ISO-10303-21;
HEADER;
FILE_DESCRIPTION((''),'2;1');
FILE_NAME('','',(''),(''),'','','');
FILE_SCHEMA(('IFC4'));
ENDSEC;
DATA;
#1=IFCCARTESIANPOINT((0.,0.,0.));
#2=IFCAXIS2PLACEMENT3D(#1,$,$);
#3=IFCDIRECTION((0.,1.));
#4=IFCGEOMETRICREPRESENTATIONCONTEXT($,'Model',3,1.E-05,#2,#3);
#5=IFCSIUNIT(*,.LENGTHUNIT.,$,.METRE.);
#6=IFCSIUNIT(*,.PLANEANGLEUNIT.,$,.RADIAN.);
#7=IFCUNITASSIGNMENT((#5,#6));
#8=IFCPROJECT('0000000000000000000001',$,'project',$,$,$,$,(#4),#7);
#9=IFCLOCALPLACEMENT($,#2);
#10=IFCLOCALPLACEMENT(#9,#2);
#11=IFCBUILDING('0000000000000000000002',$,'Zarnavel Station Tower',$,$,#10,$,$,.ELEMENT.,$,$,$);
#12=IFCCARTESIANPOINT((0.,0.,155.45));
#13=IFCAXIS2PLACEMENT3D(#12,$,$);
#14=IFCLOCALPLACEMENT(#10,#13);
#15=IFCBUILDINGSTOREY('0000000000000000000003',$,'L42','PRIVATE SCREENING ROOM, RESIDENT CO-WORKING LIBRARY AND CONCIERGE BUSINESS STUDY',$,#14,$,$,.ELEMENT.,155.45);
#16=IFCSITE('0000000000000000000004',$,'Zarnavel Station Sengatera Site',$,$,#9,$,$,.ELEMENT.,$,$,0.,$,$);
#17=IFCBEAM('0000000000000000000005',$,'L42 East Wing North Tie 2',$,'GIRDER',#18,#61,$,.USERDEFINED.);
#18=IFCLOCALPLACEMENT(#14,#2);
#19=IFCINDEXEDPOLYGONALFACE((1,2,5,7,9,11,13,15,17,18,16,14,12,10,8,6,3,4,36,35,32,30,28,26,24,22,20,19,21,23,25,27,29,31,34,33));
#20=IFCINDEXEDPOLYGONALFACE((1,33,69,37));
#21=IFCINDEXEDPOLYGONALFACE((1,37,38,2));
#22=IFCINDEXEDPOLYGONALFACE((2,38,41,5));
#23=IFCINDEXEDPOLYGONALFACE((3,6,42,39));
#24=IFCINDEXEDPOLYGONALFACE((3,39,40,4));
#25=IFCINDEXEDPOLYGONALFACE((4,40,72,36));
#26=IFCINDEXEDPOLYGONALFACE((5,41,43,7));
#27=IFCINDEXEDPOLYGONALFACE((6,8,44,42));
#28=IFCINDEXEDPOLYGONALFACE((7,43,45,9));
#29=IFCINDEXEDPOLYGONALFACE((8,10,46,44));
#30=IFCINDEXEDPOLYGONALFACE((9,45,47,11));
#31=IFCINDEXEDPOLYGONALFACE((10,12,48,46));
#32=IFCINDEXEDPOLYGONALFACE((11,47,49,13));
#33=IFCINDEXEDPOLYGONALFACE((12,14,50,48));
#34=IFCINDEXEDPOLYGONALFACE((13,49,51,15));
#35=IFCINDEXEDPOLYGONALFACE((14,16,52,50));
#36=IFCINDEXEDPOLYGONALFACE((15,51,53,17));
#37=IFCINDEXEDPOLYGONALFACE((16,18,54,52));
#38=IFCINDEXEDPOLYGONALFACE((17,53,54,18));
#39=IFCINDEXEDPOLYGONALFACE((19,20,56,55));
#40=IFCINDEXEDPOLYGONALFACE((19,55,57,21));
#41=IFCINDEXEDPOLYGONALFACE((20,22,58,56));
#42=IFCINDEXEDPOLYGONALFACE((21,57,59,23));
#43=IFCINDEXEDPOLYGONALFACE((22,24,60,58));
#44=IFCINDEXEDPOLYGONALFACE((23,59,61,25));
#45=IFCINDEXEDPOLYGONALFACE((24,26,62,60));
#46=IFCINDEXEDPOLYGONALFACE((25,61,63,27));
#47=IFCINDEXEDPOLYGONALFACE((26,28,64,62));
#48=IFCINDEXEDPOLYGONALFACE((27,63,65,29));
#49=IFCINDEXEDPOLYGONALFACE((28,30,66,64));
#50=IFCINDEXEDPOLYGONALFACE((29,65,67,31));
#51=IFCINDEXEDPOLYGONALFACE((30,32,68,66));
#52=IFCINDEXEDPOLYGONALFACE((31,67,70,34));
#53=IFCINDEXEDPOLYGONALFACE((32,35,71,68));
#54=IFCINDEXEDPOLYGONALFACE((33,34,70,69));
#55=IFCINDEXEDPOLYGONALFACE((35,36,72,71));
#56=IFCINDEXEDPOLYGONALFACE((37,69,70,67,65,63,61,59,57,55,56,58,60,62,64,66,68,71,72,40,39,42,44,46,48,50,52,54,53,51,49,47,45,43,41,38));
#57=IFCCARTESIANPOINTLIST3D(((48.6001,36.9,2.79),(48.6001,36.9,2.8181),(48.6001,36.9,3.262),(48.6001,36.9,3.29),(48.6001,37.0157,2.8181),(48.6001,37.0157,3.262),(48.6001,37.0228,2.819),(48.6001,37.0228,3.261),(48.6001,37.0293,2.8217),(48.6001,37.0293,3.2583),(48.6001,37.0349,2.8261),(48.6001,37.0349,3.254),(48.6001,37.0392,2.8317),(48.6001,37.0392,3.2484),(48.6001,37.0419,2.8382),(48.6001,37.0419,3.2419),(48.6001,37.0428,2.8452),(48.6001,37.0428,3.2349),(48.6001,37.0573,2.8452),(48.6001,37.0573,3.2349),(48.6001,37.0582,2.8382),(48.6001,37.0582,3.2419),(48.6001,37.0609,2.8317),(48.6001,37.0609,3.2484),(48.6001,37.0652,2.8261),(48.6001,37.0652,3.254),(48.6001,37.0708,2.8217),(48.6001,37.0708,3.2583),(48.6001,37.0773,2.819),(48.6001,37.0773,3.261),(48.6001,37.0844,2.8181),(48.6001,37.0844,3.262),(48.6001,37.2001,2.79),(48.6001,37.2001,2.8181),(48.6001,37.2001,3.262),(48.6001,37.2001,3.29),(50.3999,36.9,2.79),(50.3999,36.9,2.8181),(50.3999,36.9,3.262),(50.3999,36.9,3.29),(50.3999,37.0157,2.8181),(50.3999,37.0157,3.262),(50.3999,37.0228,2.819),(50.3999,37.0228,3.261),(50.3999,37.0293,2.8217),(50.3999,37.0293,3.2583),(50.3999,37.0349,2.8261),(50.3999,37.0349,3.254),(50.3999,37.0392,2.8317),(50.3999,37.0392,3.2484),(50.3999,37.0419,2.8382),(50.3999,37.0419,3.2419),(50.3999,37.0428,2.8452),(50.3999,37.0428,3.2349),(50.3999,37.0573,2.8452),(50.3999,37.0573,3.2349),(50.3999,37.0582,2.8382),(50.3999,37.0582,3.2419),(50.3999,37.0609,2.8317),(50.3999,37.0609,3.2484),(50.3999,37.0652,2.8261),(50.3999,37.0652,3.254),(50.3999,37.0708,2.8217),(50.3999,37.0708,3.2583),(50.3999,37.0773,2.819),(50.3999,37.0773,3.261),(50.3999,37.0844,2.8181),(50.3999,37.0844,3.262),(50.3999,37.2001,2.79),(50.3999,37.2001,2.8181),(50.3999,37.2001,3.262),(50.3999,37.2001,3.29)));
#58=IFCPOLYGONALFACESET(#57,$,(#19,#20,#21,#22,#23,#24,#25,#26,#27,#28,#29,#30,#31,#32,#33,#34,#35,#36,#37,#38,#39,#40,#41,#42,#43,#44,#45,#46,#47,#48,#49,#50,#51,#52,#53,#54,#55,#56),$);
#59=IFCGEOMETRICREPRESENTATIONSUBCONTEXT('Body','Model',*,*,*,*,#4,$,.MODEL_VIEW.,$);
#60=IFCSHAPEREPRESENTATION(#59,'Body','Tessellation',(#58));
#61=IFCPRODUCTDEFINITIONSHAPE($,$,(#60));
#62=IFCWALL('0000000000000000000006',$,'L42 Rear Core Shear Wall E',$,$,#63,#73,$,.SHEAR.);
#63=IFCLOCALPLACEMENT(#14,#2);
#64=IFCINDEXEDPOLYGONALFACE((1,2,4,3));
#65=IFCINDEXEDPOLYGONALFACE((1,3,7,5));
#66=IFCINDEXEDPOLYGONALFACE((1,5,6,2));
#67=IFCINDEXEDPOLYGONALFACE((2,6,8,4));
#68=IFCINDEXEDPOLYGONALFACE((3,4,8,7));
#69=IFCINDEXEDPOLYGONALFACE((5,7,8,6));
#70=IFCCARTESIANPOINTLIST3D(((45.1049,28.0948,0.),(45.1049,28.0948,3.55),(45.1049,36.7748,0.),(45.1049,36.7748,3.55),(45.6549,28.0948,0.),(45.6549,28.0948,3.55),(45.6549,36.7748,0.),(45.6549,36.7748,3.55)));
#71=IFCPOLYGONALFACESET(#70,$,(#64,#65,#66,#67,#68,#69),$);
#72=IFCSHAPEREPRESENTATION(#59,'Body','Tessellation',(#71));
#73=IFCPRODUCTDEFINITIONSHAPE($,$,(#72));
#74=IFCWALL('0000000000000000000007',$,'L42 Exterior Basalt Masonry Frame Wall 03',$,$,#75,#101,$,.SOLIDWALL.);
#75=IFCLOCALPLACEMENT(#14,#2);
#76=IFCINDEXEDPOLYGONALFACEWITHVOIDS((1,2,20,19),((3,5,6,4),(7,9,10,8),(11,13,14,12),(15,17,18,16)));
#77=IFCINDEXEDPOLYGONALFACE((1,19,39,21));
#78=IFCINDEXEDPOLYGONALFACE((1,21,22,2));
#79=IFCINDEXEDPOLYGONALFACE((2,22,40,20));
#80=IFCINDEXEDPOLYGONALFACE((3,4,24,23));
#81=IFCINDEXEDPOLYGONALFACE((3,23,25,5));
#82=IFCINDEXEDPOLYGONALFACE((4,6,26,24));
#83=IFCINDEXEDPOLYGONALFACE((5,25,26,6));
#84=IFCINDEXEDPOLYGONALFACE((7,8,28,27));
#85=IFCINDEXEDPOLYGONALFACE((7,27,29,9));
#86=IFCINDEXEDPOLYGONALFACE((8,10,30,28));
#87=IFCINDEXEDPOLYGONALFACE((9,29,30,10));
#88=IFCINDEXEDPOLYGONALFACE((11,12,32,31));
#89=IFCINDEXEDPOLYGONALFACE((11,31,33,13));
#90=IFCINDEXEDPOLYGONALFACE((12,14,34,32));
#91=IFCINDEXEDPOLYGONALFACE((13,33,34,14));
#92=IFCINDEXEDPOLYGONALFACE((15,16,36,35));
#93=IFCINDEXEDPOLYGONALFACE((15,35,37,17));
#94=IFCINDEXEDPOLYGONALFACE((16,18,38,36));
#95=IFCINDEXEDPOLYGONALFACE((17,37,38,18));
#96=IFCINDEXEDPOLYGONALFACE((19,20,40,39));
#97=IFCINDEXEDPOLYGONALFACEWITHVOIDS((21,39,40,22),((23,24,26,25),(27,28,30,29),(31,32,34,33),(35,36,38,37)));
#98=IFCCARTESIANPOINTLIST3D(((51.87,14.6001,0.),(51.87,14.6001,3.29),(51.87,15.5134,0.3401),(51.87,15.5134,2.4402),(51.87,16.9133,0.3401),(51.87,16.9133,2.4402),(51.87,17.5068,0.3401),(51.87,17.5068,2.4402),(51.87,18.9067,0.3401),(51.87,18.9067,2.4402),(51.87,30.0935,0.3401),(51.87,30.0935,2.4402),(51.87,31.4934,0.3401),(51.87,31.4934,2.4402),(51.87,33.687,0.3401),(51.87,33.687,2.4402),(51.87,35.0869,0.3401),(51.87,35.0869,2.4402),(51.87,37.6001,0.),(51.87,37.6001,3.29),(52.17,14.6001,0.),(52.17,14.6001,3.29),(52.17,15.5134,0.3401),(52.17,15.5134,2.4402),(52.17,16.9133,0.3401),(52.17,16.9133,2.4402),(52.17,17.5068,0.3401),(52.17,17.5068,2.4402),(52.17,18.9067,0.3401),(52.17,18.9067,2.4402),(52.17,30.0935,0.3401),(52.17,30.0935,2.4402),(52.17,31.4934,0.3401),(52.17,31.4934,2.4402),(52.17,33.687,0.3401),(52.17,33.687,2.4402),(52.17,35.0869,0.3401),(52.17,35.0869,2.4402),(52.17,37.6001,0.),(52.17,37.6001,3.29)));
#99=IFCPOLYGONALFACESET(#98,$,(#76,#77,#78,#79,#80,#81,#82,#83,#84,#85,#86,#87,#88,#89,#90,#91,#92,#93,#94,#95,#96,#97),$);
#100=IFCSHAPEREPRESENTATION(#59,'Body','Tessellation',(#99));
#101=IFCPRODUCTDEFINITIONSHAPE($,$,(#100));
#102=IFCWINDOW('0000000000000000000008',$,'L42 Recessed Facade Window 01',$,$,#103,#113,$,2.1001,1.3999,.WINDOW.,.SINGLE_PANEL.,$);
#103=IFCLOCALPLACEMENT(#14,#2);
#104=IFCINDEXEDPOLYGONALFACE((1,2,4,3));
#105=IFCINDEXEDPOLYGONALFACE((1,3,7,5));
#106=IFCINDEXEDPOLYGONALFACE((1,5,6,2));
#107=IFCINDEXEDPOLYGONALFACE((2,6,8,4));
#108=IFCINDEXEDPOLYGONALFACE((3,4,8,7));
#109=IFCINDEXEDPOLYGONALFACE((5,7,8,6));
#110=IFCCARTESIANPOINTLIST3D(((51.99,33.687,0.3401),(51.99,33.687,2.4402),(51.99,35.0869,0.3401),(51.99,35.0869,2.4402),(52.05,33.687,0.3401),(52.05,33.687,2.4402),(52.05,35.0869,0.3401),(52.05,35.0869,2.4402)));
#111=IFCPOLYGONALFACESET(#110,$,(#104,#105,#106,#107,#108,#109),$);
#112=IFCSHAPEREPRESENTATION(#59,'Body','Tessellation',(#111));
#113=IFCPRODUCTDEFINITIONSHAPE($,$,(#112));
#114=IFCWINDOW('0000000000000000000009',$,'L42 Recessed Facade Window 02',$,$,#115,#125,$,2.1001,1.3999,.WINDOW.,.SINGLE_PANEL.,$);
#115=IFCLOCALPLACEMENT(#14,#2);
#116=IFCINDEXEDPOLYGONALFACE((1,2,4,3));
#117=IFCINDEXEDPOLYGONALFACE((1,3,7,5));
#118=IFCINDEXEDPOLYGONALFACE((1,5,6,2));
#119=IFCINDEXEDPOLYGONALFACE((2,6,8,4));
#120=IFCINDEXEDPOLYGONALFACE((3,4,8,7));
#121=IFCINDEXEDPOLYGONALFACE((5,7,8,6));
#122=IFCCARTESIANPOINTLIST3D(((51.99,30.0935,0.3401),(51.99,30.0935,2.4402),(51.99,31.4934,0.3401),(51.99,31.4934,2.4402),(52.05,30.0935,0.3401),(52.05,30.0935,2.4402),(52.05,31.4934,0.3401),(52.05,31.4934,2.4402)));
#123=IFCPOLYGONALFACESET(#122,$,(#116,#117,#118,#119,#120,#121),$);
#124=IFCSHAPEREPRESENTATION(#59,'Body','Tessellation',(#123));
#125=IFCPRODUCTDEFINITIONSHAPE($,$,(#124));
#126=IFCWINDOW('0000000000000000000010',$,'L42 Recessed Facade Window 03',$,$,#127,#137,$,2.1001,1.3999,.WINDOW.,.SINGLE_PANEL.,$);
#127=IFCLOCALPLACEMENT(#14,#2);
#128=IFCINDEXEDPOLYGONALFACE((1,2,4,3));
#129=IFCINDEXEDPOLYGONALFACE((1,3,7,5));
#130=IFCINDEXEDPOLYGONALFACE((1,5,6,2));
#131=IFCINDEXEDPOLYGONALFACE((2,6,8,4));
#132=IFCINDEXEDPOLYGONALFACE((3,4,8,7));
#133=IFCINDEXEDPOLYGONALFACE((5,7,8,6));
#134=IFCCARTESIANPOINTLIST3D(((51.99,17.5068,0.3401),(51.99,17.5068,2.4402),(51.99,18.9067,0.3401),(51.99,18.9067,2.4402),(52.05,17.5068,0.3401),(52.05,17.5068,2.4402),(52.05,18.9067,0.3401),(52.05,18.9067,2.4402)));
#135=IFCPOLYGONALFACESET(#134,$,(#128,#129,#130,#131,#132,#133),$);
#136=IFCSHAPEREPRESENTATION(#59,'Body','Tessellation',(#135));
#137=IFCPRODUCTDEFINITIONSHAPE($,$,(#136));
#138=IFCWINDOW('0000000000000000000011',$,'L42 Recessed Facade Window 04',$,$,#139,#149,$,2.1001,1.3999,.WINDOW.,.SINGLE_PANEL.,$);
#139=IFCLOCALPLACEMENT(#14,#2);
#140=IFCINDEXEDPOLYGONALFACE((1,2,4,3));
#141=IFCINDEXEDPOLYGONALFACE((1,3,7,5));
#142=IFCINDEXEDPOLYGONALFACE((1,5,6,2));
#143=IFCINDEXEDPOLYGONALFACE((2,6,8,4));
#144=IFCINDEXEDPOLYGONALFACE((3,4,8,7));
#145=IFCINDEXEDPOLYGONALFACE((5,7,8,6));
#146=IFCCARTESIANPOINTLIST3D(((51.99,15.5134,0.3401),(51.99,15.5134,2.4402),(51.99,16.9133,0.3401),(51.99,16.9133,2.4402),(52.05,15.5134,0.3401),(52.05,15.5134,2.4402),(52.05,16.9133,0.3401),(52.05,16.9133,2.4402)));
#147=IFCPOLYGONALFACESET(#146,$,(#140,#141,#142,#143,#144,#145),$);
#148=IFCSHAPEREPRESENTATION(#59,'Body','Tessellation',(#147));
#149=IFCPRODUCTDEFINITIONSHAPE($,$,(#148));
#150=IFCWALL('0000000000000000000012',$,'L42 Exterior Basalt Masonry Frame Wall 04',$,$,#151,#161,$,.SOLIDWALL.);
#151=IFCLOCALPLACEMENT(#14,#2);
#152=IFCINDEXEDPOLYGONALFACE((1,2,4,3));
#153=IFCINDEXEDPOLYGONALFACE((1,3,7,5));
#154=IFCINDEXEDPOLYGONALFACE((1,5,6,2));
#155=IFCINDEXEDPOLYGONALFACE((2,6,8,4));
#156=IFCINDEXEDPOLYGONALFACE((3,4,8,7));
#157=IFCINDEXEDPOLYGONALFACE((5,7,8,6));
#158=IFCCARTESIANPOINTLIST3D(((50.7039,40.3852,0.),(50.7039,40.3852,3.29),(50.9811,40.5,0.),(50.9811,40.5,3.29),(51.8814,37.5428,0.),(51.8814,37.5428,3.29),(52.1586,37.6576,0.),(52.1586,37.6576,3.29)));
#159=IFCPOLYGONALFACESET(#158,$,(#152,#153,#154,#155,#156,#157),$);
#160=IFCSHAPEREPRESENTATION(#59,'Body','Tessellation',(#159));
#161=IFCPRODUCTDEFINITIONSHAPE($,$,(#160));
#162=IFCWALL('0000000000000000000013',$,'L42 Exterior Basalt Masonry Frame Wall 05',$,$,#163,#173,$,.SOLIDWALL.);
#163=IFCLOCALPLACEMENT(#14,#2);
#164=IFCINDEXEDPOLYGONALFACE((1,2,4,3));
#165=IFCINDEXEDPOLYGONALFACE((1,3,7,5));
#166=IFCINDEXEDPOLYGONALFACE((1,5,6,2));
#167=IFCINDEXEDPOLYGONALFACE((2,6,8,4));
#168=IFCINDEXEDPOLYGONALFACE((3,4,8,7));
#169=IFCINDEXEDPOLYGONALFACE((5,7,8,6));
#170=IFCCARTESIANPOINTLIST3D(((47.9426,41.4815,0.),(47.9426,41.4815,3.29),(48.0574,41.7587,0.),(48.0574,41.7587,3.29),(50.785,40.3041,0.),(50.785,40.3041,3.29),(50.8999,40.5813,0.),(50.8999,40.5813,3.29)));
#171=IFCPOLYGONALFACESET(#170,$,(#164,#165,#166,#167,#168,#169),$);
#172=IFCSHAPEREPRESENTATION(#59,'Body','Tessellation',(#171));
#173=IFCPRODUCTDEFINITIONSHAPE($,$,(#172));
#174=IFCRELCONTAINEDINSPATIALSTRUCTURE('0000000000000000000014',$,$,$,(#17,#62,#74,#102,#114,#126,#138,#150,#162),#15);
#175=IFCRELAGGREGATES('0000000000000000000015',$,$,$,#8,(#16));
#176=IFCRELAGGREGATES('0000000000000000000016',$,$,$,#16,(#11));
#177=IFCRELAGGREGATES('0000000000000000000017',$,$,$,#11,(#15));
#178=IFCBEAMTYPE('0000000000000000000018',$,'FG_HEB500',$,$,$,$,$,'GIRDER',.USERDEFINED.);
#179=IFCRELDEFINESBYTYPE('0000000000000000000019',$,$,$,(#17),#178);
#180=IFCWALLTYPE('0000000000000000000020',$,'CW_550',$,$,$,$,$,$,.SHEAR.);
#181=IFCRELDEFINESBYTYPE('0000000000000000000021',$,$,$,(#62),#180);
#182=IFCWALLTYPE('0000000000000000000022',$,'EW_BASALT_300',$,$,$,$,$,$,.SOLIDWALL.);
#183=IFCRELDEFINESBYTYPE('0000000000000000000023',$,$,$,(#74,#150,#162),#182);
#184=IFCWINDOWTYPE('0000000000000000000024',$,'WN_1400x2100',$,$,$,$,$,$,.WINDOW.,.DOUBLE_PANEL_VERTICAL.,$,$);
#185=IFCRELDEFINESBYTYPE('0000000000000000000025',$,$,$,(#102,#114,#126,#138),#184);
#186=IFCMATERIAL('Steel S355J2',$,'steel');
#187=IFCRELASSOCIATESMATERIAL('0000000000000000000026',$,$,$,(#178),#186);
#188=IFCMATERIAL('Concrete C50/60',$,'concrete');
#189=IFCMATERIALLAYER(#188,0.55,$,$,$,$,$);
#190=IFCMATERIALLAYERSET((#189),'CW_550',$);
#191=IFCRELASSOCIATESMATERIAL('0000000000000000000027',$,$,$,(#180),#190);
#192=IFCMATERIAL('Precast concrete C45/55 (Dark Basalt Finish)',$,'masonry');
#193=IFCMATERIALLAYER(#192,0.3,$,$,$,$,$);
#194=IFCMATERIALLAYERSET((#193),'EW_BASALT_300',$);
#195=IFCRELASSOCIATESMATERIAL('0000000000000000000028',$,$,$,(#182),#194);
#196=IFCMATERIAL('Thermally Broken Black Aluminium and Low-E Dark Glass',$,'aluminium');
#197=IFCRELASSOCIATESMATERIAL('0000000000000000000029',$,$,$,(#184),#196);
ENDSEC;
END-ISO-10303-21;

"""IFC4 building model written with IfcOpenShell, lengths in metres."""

from ifc_helpers import new_model, si_unit, direction, frame, frame_2d, origin, origin_2d, place, context, subcontext, project, spatial, rectangle, i_section, extrude, material, layer, layer_set, material_profile, profile_set, type_object, element, fill, save


model = new_model("IFC4")

# Units and contexts
model_context = context("Model", 3, precision=1e-05, world=origin(), true_north=direction((0.0, 1.0)))
body_context = subcontext(model_context, "Body", "Model", "MODEL_VIEW")
ifc_project = project(units=[si_unit("LENGTHUNIT", "METRE"), si_unit("PLANEANGLEUNIT", "RADIAN")], contexts=[model_context])

# Site, building, storey
site_placement = place(None, origin())
site = spatial("IfcSite", under=ifc_project, at=site_placement, Name="Zarnavel Station Sengatera Site", CompositionType="ELEMENT", RefElevation=0.0)
building_placement = place(site_placement, origin())
building = spatial("IfcBuilding", under=site, at=building_placement, Name="Zarnavel Station Tower", CompositionType="ELEMENT")
storey_placement = place(building_placement, frame((0.0, 0.0, 155.45)))
storey = spatial("IfcBuildingStorey", under=building, at=storey_placement, Name="L42", Description="PRIVATE SCREENING ROOM, RESIDENT CO-WORKING LIBRARY AND CONCIERGE BUSINESS STUDY", CompositionType="ELEMENT", Elevation=155.45)

# Beam
ifc_material_1 = material(Name="Steel S355J2", Category="steel")
ifc_material_profile_1 = material_profile(ifc_material_1, i_section(OverallWidth=0.3, OverallDepth=0.5, WebThickness=0.0144, FlangeThickness=0.0281, FilletRadius=0.0271, at=origin_2d()), Name="HEB500")
ifc_profile_set_1 = profile_set([ifc_material_profile_1], Name="Steel S355J2")
beam_type = type_object("IfcBeamType", Name="FG_HEB500", ElementType="GIRDER", PredefinedType="USERDEFINED", material=ifc_profile_set_1)
beam_1_placement = place(storey_placement, frame((48.6001, 37.05, 3.04), z_axis=(1.0, 0.0, 0.0), x_axis=(0.0, 1.0, 0.0)))
element("IfcBeam", 1, at=beam_1_placement, inside=storey, type_object=beam_type, Name="L42 East Wing North Tie 2", ObjectType="GIRDER", PredefinedType="USERDEFINED", context=body_context, shape_type="SweptSolid", body=[
    extrude(i_section(OverallWidth=0.3, OverallDepth=0.5, WebThickness=0.0144, FlangeThickness=0.0281, FilletRadius=0.0271, at=origin_2d()), origin(), (0.0, 0.0, 1.0), 1.7998),
])

# Wall
ifc_material_2 = material(Name="Concrete C50/60", Category="concrete")
ifc_layer_1 = layer(ifc_material_2, 0.55)
ifc_layer_set_1 = layer_set([ifc_layer_1], Name="CW_550")
wall_type_1 = type_object("IfcWallType", Name="CW_550", PredefinedType="SHEAR", material=ifc_layer_set_1)
wall_1_placement = place(storey_placement, frame((45.3799, 28.095, 0.0), z_axis=(0.0, 0.0, 1.0), x_axis=(0.0, 1.0, 0.0)))
element("IfcWall", 2, at=wall_1_placement, inside=storey, type_object=wall_type_1, Name="L42 Rear Core Shear Wall E", PredefinedType="SHEAR", context=body_context, shape_type="SweptSolid", body=[
    extrude(rectangle(XDim=8.6799, YDim=0.55, at=frame_2d((4.3398, 0.0))), origin(), (0.0, 0.0, 1.0), 3.55),
])

# Wall, openings, windows
ifc_material_3 = material(Name="Precast concrete C45/55 (Dark Basalt Finish)", Category="masonry")
ifc_layer_2 = layer(ifc_material_3, 0.3)
ifc_layer_set_2 = layer_set([ifc_layer_2], Name="EW_BASALT_300")
wall_type_2 = type_object("IfcWallType", Name="EW_BASALT_300", PredefinedType="SOLIDWALL", material=ifc_layer_set_2)
wall_2_placement = place(storey_placement, frame((52.02, 37.6001, 0.0), z_axis=(0.0, 0.0, 1.0), x_axis=(0.0, -1.0, 0.0)))
wall_2 = element("IfcWall", 3, at=wall_2_placement, inside=storey, type_object=wall_type_2, Name="L42 Exterior Basalt Masonry Frame Wall 03", PredefinedType="SOLIDWALL", context=body_context, shape_type="SweptSolid", body=[
    extrude(rectangle(XDim=23.0, YDim=0.3, at=frame_2d((11.5, 0.0))), origin(), (0.0, 0.0, 1.0), 3.29),
])
opening_1_placement = place(wall_2_placement, frame((2.5132, 0.0, 0.3401)))
opening_1 = element("IfcOpeningElement", 4, at=opening_1_placement, cuts=wall_2, PredefinedType="OPENING", context=body_context, shape_type="SweptSolid", body=[
    extrude(rectangle(XDim=1.3999, YDim=2.1001, at=frame_2d((0.7, 1.05))), frame((0.0, 0.1599, 0.0), z_axis=(0.0, -1.0, 0.0), x_axis=(1.0, 0.0, 0.0)), (0.0, 0.0, 1.0), 0.3201),
])
opening_2_placement = place(wall_2_placement, frame((6.1067, 0.0, 0.3401)))
opening_2 = element("IfcOpeningElement", 5, at=opening_2_placement, cuts=wall_2, PredefinedType="OPENING", context=body_context, shape_type="SweptSolid", body=[
    extrude(rectangle(XDim=1.3999, YDim=2.1001, at=frame_2d((0.7, 1.05))), frame((0.0, 0.1599, 0.0), z_axis=(0.0, -1.0, 0.0), x_axis=(1.0, 0.0, 0.0)), (0.0, 0.0, 1.0), 0.3201),
])
opening_3_placement = place(wall_2_placement, frame((18.6934, 0.0, 0.3401)))
opening_3 = element("IfcOpeningElement", 6, at=opening_3_placement, cuts=wall_2, PredefinedType="OPENING", context=body_context, shape_type="SweptSolid", body=[
    extrude(rectangle(XDim=1.3999, YDim=2.1001, at=frame_2d((0.7, 1.05))), frame((0.0, 0.1599, 0.0), z_axis=(0.0, -1.0, 0.0), x_axis=(1.0, 0.0, 0.0)), (0.0, 0.0, 1.0), 0.3201),
])
opening_4_placement = place(wall_2_placement, frame((20.6868, 0.0, 0.3401)))
opening_4 = element("IfcOpeningElement", 7, at=opening_4_placement, cuts=wall_2, PredefinedType="OPENING", context=body_context, shape_type="SweptSolid", body=[
    extrude(rectangle(XDim=1.3999, YDim=2.1001, at=frame_2d((0.7, 1.05))), frame((0.0, 0.1599, 0.0), z_axis=(0.0, -1.0, 0.0), x_axis=(1.0, 0.0, 0.0)), (0.0, 0.0, 1.0), 0.3201),
])
ifc_material_4 = material(Name="Thermally Broken Black Aluminium and Low-E Dark Glass", Category="aluminium")
window_type = type_object("IfcWindowType", Name="WN_1400x2100", PartitioningType="DOUBLE_PANEL_VERTICAL", PredefinedType="WINDOW", material=ifc_material_4)
window_1_placement = place(opening_1_placement, origin())
window_1 = element("IfcWindow", 8, at=window_1_placement, inside=storey, type_object=window_type, Name="L42 Recessed Facade Window 01", OverallHeight=2.1001, OverallWidth=1.3999, PartitioningType="SINGLE_PANEL", PredefinedType="WINDOW", context=body_context, shape_type="SweptSolid", body=[
    extrude(rectangle(XDim=1.3999, YDim=2.1001, at=frame_2d((0.7, 1.05))), frame((0.0, 0.03, 0.0), z_axis=(0.0, -1.0, 0.0), x_axis=(1.0, 0.0, 0.0)), (0.0, 0.0, 1.0), 0.0601),
])
fill(opening_1, window_1)
window_2_placement = place(opening_2_placement, origin())
window_2 = element("IfcWindow", 9, at=window_2_placement, inside=storey, type_object=window_type, Name="L42 Recessed Facade Window 02", OverallHeight=2.1001, OverallWidth=1.3999, PartitioningType="SINGLE_PANEL", PredefinedType="WINDOW", context=body_context, shape_type="SweptSolid", body=[
    extrude(rectangle(XDim=1.3999, YDim=2.1001, at=frame_2d((0.7, 1.05))), frame((0.0, 0.03, 0.0), z_axis=(0.0, -1.0, 0.0), x_axis=(1.0, 0.0, 0.0)), (0.0, 0.0, 1.0), 0.0601),
])
fill(opening_2, window_2)
window_3_placement = place(opening_3_placement, origin())
window_3 = element("IfcWindow", 10, at=window_3_placement, inside=storey, type_object=window_type, Name="L42 Recessed Facade Window 03", OverallHeight=2.1001, OverallWidth=1.3999, PartitioningType="SINGLE_PANEL", PredefinedType="WINDOW", context=body_context, shape_type="SweptSolid", body=[
    extrude(rectangle(XDim=1.3999, YDim=2.1001, at=frame_2d((0.7, 1.05))), frame((0.0, 0.03, 0.0), z_axis=(0.0, -1.0, 0.0), x_axis=(1.0, 0.0, 0.0)), (0.0, 0.0, 1.0), 0.0601),
])
fill(opening_3, window_3)
window_4_placement = place(opening_4_placement, origin())
window_4 = element("IfcWindow", 11, at=window_4_placement, inside=storey, type_object=window_type, Name="L42 Recessed Facade Window 04", OverallHeight=2.1001, OverallWidth=1.3999, PartitioningType="SINGLE_PANEL", PredefinedType="WINDOW", context=body_context, shape_type="SweptSolid", body=[
    extrude(rectangle(XDim=1.3999, YDim=2.1001, at=frame_2d((0.7, 1.05))), frame((0.0, 0.03, 0.0), z_axis=(0.0, -1.0, 0.0), x_axis=(1.0, 0.0, 0.0)), (0.0, 0.0, 1.0), 0.0601),
])
fill(opening_4, window_4)

# Walls
for number, where, z_axis, x_axis, name in (
    (12, (50.8425, 40.4426, 0.0), (0.0, 0.0, 1.0), (0.382705, -0.923871, 0.0), "L42 Exterior Basalt Masonry Frame Wall 04"),
    (13, (48.0, 41.6201, 0.0), (0.0, 0.0, 1.0), (0.923871, -0.382705, 0.0), "L42 Exterior Basalt Masonry Frame Wall 05"),
):
    element("IfcWall", number, at=place(storey_placement, frame(where, z_axis=z_axis, x_axis=x_axis)), inside=storey, type_object=wall_type_2, Name=name, PredefinedType="SOLIDWALL", context=body_context, shape_type="SweptSolid", body=[
        extrude(rectangle(XDim=3.0767, YDim=0.3, at=frame_2d((1.5383, 0.0))), origin(), (0.0, 0.0, 1.0), 3.29),
    ])

save(model, "model.ifc")
